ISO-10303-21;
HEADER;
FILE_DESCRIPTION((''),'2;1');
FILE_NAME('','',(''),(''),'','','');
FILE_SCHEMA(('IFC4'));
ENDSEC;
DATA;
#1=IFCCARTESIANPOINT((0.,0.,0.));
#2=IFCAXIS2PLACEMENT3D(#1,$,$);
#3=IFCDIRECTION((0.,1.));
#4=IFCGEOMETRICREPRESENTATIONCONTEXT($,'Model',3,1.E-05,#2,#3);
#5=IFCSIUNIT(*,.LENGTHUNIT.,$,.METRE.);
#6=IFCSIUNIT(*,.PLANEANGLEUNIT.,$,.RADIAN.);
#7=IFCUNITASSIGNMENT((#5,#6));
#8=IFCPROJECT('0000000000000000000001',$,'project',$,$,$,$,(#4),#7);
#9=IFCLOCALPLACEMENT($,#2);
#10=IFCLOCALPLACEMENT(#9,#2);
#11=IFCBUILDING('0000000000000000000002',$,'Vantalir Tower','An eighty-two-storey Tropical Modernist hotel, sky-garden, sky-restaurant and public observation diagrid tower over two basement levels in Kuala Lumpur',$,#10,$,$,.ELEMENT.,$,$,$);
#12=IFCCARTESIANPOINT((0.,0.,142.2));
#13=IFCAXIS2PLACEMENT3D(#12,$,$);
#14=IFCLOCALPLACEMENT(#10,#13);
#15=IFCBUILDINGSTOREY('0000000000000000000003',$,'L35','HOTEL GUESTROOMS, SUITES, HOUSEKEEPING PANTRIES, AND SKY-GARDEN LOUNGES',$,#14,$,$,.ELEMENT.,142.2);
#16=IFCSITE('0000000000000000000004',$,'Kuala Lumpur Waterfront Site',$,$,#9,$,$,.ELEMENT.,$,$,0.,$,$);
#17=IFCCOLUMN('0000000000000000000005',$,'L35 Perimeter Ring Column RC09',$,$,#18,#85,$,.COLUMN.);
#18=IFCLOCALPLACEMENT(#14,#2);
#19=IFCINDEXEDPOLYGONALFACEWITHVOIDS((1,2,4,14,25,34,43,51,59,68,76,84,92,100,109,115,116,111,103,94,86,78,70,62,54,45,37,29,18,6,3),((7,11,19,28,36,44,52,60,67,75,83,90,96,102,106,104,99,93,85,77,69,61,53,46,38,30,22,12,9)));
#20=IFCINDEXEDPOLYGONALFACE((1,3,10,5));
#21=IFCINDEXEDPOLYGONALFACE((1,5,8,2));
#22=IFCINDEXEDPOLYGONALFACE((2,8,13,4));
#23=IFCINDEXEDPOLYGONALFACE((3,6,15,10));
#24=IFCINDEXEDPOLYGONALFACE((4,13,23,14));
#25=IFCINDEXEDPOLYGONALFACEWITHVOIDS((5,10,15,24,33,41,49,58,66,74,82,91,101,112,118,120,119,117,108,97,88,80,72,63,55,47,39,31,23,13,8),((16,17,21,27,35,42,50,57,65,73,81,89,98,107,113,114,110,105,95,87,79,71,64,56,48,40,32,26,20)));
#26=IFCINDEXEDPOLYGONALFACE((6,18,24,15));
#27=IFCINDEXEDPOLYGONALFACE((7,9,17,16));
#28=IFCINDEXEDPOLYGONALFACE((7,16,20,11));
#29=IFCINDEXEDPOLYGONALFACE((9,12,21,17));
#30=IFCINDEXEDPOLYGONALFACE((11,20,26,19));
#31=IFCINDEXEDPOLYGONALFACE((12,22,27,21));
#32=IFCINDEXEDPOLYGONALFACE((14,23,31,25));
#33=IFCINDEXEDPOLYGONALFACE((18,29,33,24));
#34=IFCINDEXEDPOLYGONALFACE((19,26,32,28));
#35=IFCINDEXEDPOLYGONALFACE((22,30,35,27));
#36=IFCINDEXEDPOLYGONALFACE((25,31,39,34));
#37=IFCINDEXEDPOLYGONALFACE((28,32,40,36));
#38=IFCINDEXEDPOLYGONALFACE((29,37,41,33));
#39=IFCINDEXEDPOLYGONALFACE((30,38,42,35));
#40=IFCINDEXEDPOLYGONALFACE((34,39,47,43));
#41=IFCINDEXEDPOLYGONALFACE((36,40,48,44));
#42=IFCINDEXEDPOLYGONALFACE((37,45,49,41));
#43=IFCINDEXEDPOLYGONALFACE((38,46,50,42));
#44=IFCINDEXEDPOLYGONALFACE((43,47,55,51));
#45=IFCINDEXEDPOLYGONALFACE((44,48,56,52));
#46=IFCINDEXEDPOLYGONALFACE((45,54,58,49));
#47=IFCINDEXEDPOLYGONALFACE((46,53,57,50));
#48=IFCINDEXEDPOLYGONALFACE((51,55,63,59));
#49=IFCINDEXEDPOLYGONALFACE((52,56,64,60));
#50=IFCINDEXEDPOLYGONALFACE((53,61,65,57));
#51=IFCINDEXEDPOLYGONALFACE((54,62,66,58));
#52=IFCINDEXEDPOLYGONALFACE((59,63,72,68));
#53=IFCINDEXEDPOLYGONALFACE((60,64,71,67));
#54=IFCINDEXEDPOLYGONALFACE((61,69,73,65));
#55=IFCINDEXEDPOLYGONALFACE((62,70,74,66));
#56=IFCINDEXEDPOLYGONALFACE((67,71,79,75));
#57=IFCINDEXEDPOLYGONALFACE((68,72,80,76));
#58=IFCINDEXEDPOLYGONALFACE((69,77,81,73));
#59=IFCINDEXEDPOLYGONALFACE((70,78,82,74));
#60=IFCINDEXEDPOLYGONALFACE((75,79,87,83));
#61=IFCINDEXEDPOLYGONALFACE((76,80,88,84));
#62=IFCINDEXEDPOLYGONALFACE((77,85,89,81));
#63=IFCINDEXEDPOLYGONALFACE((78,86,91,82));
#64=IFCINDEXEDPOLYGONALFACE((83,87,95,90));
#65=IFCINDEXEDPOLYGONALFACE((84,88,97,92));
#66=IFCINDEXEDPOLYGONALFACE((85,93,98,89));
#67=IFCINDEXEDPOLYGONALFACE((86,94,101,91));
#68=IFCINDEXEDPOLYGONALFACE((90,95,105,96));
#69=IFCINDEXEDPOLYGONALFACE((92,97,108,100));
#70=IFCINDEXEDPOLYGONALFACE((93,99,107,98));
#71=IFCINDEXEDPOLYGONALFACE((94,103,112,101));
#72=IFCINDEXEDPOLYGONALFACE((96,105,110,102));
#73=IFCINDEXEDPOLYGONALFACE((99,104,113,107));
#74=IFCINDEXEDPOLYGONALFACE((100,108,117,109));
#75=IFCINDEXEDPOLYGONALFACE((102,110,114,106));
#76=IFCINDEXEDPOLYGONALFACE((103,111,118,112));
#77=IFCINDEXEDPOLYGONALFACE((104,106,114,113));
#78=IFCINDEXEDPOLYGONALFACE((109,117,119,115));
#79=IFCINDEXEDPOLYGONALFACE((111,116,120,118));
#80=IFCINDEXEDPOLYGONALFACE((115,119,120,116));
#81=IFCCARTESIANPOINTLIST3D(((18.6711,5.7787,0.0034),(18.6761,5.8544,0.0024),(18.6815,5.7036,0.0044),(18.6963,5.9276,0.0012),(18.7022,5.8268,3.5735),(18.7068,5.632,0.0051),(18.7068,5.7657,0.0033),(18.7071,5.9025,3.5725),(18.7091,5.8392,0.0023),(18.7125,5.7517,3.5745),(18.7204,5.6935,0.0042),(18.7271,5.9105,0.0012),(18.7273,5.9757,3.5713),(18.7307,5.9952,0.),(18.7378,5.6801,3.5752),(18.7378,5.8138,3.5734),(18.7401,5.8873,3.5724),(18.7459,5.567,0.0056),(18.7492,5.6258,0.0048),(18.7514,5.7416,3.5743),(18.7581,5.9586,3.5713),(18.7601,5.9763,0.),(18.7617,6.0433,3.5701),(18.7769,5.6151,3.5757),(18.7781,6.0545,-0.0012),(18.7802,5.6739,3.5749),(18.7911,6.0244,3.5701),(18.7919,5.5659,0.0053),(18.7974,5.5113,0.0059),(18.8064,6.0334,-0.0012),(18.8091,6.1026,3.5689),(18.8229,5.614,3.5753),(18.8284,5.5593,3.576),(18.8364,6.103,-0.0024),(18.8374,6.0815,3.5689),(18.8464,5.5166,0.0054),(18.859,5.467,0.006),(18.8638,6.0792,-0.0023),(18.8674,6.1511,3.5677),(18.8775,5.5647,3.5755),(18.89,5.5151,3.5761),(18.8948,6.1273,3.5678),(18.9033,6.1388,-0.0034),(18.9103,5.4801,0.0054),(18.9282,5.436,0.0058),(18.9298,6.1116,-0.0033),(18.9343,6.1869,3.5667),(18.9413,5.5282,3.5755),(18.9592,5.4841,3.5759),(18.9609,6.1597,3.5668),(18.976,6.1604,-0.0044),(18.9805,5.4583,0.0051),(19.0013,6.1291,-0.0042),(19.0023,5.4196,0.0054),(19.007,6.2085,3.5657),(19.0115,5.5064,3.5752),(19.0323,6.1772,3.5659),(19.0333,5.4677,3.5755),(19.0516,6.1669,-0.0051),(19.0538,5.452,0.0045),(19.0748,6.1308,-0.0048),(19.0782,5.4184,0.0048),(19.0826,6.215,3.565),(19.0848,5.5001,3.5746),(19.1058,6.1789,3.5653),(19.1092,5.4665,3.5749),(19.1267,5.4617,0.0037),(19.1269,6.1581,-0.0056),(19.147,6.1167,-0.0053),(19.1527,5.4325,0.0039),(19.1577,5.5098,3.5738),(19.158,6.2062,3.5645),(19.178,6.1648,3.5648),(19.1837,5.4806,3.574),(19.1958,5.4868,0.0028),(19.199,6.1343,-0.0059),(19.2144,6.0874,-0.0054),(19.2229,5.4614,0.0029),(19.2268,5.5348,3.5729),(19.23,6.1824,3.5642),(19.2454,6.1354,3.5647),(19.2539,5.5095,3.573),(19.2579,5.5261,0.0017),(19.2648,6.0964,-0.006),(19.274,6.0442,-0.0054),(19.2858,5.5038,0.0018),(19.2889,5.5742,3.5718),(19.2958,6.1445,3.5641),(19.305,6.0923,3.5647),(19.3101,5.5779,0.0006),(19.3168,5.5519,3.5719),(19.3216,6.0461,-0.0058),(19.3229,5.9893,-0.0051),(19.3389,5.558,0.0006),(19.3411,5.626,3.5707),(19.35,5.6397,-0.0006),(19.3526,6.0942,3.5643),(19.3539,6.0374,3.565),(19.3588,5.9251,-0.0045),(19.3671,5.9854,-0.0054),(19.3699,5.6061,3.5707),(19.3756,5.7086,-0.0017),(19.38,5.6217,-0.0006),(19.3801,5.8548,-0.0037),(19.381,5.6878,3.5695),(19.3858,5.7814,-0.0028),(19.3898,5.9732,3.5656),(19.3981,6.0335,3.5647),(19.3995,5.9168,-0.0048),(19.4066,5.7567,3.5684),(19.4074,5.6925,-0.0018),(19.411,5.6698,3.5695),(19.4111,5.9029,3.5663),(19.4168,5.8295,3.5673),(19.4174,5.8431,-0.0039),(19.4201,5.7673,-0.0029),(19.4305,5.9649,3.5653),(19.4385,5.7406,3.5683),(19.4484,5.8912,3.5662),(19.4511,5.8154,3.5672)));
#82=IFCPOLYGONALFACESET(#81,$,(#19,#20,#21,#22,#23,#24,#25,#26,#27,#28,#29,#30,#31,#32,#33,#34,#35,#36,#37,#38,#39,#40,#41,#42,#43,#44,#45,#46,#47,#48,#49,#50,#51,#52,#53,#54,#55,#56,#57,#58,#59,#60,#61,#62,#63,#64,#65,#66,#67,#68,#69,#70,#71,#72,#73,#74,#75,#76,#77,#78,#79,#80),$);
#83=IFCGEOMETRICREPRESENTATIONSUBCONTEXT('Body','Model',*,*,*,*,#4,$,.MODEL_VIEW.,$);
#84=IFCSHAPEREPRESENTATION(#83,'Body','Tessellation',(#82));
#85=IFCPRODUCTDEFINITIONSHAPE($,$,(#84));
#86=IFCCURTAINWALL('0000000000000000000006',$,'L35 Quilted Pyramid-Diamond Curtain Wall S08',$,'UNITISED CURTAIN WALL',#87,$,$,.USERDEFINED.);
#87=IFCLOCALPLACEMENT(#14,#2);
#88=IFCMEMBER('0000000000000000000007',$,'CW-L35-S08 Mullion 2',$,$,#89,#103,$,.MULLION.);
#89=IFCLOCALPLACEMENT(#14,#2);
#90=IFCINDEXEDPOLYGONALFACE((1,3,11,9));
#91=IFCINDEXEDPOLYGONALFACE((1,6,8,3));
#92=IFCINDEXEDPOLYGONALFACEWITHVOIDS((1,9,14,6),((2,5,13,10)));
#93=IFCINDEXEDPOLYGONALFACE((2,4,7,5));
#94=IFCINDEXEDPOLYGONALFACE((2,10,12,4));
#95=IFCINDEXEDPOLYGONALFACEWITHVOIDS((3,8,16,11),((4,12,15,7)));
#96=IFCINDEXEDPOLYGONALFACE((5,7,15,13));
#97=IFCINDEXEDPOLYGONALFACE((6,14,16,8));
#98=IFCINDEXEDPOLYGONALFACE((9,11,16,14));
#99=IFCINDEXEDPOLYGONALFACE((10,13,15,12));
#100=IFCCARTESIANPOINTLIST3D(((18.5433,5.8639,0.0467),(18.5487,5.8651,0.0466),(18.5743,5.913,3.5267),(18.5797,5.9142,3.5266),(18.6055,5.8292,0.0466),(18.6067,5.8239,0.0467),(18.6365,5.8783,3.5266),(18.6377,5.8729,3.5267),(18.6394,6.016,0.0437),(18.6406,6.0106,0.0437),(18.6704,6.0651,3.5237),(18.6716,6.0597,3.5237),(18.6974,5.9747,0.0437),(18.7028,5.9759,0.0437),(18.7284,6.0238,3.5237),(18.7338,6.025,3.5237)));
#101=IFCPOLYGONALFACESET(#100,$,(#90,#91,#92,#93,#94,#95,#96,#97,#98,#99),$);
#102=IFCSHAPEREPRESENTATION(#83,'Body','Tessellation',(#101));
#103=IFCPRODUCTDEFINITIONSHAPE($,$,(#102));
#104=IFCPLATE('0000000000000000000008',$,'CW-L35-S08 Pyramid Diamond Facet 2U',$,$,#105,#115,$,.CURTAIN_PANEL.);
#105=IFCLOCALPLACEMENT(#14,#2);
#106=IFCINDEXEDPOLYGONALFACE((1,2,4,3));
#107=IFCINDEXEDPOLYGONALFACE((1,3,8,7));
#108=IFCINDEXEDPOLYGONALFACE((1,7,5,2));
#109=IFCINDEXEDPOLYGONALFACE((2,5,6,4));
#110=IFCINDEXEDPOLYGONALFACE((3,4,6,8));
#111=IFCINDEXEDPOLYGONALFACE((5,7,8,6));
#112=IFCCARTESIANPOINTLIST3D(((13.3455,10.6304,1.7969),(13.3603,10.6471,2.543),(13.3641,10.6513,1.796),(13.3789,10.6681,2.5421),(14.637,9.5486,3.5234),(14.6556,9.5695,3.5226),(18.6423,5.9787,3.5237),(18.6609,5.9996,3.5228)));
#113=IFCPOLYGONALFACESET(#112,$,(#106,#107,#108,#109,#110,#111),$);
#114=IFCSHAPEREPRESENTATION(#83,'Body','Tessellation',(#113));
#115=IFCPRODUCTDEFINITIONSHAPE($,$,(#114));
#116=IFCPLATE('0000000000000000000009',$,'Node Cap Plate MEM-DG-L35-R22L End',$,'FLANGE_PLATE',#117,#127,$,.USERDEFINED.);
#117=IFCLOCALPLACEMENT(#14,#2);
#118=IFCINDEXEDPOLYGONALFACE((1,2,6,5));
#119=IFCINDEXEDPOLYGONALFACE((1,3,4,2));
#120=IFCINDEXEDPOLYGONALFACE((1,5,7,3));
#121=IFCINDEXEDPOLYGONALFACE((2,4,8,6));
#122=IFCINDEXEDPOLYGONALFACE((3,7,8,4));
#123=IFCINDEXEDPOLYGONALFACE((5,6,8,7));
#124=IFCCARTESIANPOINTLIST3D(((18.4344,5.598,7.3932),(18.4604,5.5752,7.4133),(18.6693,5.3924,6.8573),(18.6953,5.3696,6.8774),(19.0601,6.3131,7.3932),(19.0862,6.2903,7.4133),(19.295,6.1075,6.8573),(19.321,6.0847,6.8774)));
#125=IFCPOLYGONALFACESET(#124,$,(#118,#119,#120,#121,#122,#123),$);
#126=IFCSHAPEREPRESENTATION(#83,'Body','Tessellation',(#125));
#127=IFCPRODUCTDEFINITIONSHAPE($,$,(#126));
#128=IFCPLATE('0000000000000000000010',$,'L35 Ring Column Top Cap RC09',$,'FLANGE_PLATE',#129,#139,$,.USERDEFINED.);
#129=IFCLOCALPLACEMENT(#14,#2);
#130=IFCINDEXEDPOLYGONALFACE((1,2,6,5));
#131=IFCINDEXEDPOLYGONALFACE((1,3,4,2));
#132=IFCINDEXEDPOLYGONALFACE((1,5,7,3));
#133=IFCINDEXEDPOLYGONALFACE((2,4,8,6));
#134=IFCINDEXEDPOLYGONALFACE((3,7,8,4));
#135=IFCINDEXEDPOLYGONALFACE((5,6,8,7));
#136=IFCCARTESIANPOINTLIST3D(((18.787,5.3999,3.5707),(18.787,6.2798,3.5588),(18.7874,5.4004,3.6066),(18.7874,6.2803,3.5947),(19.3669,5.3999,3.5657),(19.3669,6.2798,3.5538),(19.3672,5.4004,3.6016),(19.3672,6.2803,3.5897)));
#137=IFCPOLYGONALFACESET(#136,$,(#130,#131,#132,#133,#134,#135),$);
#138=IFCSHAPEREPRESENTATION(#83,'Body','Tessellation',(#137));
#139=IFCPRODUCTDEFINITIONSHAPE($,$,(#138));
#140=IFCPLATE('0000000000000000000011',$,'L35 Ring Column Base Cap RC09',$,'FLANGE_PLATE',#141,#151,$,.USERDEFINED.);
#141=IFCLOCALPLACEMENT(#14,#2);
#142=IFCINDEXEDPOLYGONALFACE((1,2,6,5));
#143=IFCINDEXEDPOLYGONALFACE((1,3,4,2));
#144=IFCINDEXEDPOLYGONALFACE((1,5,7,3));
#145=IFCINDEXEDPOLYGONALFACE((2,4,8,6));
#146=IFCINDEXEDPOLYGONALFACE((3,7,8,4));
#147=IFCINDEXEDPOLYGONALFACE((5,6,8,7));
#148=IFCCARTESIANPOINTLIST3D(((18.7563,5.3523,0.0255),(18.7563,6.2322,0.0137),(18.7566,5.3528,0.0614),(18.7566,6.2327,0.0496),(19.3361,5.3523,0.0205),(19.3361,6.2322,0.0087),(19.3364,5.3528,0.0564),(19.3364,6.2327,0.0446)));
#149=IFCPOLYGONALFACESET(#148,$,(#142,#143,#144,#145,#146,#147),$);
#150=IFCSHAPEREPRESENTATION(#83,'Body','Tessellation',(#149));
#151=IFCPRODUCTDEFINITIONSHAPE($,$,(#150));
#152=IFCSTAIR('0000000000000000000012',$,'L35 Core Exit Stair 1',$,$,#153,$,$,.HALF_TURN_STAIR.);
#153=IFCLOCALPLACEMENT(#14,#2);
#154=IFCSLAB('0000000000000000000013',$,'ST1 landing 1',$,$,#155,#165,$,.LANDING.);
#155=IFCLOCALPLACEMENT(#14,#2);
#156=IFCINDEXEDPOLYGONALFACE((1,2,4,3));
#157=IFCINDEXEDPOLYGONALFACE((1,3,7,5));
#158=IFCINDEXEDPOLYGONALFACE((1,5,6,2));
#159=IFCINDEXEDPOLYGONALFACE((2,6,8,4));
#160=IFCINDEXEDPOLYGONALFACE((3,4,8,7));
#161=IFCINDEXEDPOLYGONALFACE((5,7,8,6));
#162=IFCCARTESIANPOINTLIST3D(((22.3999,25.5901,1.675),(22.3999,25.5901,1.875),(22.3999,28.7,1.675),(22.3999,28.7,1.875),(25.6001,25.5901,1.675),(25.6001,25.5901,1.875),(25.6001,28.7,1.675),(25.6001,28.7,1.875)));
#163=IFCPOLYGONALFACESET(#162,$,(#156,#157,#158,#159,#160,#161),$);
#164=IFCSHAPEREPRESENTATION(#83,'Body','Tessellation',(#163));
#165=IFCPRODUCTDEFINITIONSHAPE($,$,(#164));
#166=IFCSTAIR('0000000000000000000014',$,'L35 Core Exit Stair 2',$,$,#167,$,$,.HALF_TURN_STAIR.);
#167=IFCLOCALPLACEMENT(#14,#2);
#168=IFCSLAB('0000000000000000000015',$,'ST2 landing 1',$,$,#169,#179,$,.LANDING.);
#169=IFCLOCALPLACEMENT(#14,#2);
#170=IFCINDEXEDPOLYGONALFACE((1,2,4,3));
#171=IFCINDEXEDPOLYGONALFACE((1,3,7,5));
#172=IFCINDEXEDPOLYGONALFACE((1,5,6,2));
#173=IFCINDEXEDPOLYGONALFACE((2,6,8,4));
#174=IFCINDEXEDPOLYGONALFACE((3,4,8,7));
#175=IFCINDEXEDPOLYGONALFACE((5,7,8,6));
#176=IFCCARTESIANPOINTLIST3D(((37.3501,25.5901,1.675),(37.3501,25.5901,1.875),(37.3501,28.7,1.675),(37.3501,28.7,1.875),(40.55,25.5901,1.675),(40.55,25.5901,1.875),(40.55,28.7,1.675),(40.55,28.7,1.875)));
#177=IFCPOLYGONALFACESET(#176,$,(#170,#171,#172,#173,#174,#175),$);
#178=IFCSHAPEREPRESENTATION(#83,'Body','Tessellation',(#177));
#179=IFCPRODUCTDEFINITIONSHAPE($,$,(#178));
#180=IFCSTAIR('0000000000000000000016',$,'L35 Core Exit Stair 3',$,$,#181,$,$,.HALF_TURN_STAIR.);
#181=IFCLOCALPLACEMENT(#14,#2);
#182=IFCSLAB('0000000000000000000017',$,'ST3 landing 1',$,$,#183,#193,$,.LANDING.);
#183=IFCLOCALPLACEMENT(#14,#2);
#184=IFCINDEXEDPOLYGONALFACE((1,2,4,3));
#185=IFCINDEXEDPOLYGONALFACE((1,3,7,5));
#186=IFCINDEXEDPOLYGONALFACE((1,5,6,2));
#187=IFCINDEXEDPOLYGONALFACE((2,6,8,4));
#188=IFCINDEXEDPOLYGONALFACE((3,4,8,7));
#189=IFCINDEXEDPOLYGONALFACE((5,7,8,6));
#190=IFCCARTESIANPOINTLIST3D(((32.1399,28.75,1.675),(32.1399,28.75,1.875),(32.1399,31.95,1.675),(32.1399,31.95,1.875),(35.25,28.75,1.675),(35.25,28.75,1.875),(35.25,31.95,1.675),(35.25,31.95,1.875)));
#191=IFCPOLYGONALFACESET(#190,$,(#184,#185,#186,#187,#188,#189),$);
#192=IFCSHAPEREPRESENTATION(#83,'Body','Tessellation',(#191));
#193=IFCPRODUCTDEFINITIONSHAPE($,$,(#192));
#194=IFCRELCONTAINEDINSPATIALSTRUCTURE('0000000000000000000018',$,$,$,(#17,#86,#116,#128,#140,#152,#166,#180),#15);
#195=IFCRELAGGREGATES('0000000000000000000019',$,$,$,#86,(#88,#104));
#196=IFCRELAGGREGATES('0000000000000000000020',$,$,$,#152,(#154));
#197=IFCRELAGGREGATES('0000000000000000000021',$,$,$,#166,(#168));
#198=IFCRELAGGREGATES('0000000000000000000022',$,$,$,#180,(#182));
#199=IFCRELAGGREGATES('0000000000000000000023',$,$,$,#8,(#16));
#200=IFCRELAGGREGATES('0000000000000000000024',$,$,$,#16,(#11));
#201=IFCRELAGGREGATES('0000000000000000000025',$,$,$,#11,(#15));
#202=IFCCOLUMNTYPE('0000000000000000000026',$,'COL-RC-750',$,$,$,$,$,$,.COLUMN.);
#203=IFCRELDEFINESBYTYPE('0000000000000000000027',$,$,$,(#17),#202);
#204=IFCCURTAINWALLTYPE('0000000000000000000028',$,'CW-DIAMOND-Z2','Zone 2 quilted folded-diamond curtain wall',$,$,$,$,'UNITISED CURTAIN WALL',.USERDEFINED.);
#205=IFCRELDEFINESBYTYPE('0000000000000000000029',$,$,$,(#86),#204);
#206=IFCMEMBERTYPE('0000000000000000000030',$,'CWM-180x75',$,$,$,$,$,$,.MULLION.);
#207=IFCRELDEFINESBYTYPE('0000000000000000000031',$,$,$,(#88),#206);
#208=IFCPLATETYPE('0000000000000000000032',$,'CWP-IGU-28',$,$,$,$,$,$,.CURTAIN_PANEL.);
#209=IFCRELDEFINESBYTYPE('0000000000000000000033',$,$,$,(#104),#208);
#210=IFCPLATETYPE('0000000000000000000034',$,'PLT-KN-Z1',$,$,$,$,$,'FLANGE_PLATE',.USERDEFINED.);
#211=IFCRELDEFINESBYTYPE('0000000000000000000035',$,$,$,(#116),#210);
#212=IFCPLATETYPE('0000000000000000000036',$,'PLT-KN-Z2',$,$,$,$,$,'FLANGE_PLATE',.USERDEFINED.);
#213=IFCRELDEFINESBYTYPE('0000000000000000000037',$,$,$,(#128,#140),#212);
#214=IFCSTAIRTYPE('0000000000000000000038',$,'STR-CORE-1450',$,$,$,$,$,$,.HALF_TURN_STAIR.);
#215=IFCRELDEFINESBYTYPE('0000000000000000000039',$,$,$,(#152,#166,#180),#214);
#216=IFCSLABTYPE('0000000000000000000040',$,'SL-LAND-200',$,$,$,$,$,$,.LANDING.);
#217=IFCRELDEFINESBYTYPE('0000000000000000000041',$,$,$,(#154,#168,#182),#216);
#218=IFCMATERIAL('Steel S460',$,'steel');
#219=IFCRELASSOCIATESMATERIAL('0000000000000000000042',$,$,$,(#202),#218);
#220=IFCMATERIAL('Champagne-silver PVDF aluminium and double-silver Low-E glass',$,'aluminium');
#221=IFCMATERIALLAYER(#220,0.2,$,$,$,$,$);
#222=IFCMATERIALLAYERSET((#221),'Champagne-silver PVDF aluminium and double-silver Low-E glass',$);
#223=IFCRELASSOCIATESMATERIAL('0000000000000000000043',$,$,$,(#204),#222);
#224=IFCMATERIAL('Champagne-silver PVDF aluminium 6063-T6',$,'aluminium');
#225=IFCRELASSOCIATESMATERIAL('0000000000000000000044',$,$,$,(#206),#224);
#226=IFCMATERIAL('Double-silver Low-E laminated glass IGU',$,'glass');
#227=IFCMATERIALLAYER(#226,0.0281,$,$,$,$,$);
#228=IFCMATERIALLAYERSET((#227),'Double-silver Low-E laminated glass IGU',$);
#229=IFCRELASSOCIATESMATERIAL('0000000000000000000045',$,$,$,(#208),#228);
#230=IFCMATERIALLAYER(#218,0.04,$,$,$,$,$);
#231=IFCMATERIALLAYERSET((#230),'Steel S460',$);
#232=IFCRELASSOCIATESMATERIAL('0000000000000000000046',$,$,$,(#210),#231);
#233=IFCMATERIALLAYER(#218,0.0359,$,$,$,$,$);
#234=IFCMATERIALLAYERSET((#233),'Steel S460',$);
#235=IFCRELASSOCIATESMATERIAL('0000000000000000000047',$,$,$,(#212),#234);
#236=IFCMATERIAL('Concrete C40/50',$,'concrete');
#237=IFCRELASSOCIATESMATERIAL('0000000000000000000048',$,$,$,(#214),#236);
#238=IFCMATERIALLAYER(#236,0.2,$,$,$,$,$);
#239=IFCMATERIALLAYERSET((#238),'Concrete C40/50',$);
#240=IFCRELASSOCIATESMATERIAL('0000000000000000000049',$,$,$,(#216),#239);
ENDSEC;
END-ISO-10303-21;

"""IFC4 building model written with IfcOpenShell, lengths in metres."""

from ifc_helpers import new_model, si_unit, direction, frame, origin, origin_2d, place, context, subcontext, project, spatial, polyline, hollow_rectangle, hollow_circle, outline, extrude, material, layer, layer_set, material_profile, profile_set, type_object, element, aggregate, save


model = new_model("IFC4")

# Units and contexts
model_context = context("Model", 3, precision=1e-05, world=origin(), true_north=direction((0.0, 1.0)))
body_context = subcontext(model_context, "Body", "Model", "MODEL_VIEW")
ifc_project = project(units=[si_unit("LENGTHUNIT", "METRE"), si_unit("PLANEANGLEUNIT", "RADIAN")], contexts=[model_context])

# Site, building, storey
site_placement = place(None, origin())
site = spatial("IfcSite", under=ifc_project, at=site_placement, Name="Kuala Lumpur Waterfront Site", CompositionType="ELEMENT", RefElevation=0.0)
building_placement = place(site_placement, origin())
building = spatial("IfcBuilding", under=site, at=building_placement, Name="Vantalir Tower", Description="An eighty-two-storey Tropical Modernist hotel, sky-garden, sky-restaurant and public observation diagrid tower over two basement levels in Kuala Lumpur", CompositionType="ELEMENT")
storey_placement = place(building_placement, frame((0.0, 0.0, 142.2)))
storey = spatial("IfcBuildingStorey", under=building, at=storey_placement, Name="L35", Description="HOTEL GUESTROOMS, SUITES, HOUSEKEEPING PANTRIES, AND SKY-GARDEN LOUNGES", CompositionType="ELEMENT", Elevation=142.2)

# Column
ifc_material_1 = material(Name="Steel S460", Category="steel")
ifc_material_profile_1 = material_profile(ifc_material_1, hollow_circle(Radius=0.375, WallThickness=0.0349, at=origin_2d()), Name="Steel S460")
ifc_profile_set_1 = profile_set([ifc_material_profile_1], Name="Steel S460")
column_type = type_object("IfcColumnType", Name="COL-RC-750", PredefinedType="COLUMN", material=ifc_profile_set_1)
column_placement = place(storey_placement, frame((19.0459, 5.792, 0.0), z_axis=(0.008684, 0.01347, 0.999872), x_axis=(-0.840485, 0.541835, 0.0)))
element("IfcColumn", 1, at=column_placement, inside=storey, type_object=column_type, Name="L35 Perimeter Ring Column RC09", PredefinedType="COLUMN", context=body_context, shape_type="SweptSolid", body=[
    extrude(hollow_circle(Radius=0.375, WallThickness=0.0349, at=origin_2d()), origin(), (0.0, 0.0, 1.0), 3.5706),
])

# Curtain wall, member, plate
ifc_material_2 = material(Name="Champagne-silver PVDF aluminium and double-silver Low-E glass", Category="aluminium")
ifc_layer_1 = layer(ifc_material_2, 0.2)
ifc_layer_set_1 = layer_set([ifc_layer_1], Name="Champagne-silver PVDF aluminium and double-silver Low-E glass")
curtain_wall_type = type_object("IfcCurtainWallType", Name="CW-DIAMOND-Z2", Description="Zone 2 quilted folded-diamond curtain wall", ElementType="UNITISED CURTAIN WALL", PredefinedType="USERDEFINED", material=ifc_layer_set_1)
curtain_wall_placement = place(storey_placement, origin())
curtain_wall = element("IfcCurtainWall", 2, at=curtain_wall_placement, inside=storey, type_object=curtain_wall_type, Name="L35 Quilted Pyramid-Diamond Curtain Wall S08", ObjectType="UNITISED CURTAIN WALL", PredefinedType="USERDEFINED")
ifc_material_3 = material(Name="Champagne-silver PVDF aluminium 6063-T6", Category="aluminium")
ifc_material_profile_2 = material_profile(ifc_material_3, hollow_rectangle(XDim=0.075, YDim=0.1799, WallThickness=0.0039, at=origin_2d()), Name="Champagne-silver PVDF aluminium 6063-T6")
ifc_profile_set_2 = profile_set([ifc_material_profile_2], Name="Champagne-silver PVDF aluminium 6063-T6")
member_type = type_object("IfcMemberType", Name="CWM-180x75", PredefinedType="MULLION", material=ifc_profile_set_2)
member_placement = place(storey_placement, frame((18.623, 5.9199, 0.0452), z_axis=(0.008909, 0.014099, 0.999861), x_axis=(-0.845389, 0.534151, 0.0)))
member = element("IfcMember", 3, at=member_placement, type_object=member_type, Name="CW-L35-S08 Mullion 2", PredefinedType="MULLION", context=body_context, shape_type="SweptSolid", body=[
    extrude(hollow_rectangle(XDim=0.075, YDim=0.1799, WallThickness=0.0039, at=origin_2d()), origin(), (0.0, 0.0, 1.0), 3.4805),
])
ifc_material_4 = material(Name="Double-silver Low-E laminated glass IGU", Category="glass")
ifc_layer_2 = layer(ifc_material_4, 0.0281)
ifc_layer_set_2 = layer_set([ifc_layer_2], Name="Double-silver Low-E laminated glass IGU")
plate_type_1 = type_object("IfcPlateType", Name="CWP-IGU-28", PredefinedType="CURTAIN_PANEL", material=ifc_layer_set_2)
plate_1_placement = place(storey_placement, frame((14.637, 9.5486, 3.5234), z_axis=(-0.665071, -0.746179, 0.029964), x_axis=(0.746515, -0.665368, 0.000046)))
plate_1 = element("IfcPlate", 4, at=plate_1_placement, type_object=plate_type_1, Name="CW-L35-S08 Pyramid Diamond Facet 2U", PredefinedType="CURTAIN_PANEL", context=body_context, shape_type="SweptSolid", body=[
    extrude(outline(polyline([(0.0, 0.0), (5.3653, 0.0), (-1.684, -1.7273), (-1.6841, -0.9808), (0.0, 0.0)])), origin(), (0.0, 0.0, -1.0), 0.0281),
])
aggregate(curtain_wall, [member, plate_1])

# Plates
ifc_layer_3 = layer(ifc_material_1, 0.04)
ifc_layer_set_3 = layer_set([ifc_layer_3], Name="Steel S460")
plate_type_2 = type_object("IfcPlateType", Name="PLT-KN-Z1", ElementType="FLANGE_PLATE", PredefinedType="USERDEFINED", material=ifc_layer_set_3)
plate_2_placement = place(storey_placement, frame((18.6953, 5.3696, 6.8774), z_axis=(0.650301, -0.569041, 0.50329), x_axis=(0.658523, 0.752561, 0.0)))
element("IfcPlate", 5, at=plate_2_placement, inside=storey, type_object=plate_type_2, Name="Node Cap Plate MEM-DG-L35-R22L End", ObjectType="FLANGE_PLATE", PredefinedType="USERDEFINED", context=body_context, shape_type="SweptSolid", body=[
    extrude(outline(polyline([(0.0, 0.0), (0.9502, 0.0), (0.9502, 0.6202), (0.0, 0.6202), (0.0, 0.0)])), origin(), (0.0, 0.0, -1.0), 0.04),
])
ifc_layer_4 = layer(ifc_material_1, 0.0359)
ifc_layer_set_4 = layer_set([ifc_layer_4], Name="Steel S460")
plate_type_3 = type_object("IfcPlateType", Name="PLT-KN-Z2", ElementType="FLANGE_PLATE", PredefinedType="USERDEFINED", material=ifc_layer_set_4)
plate_3_placement = place(storey_placement, frame((18.7874, 6.2803, 3.5947), z_axis=(0.00863, 0.013456, 0.999872), x_axis=(0.000001, -0.999909, 0.013456)))
element("IfcPlate", 6, at=plate_3_placement, inside=storey, type_object=plate_type_3, Name="L35 Ring Column Top Cap RC09", ObjectType="FLANGE_PLATE", PredefinedType="USERDEFINED", context=body_context, shape_type="SweptSolid", body=[
    extrude(outline(polyline([(0.0, 0.0), (0.88, 0.0), (0.8799, 0.5799), (-0.0001, 0.5799), (0.0, 0.0)])), origin(), (0.0, 0.0, -1.0), 0.0359),
])
plate_4_placement = place(storey_placement, frame((18.7566, 6.2327, 0.0496), z_axis=(0.00863, 0.013456, 0.999872), x_axis=(-0.000001, -0.999909, 0.013456)))
element("IfcPlate", 7, at=plate_4_placement, inside=storey, type_object=plate_type_3, Name="L35 Ring Column Base Cap RC09", ObjectType="FLANGE_PLATE", PredefinedType="USERDEFINED", context=body_context, shape_type="SweptSolid", body=[
    extrude(outline(polyline([(0.0, 0.0), (0.88, 0.0), (0.8799, 0.5799), (-0.0001, 0.5799), (0.0, 0.0)])), origin(), (0.0, 0.0, -1.0), 0.0359),
])

# Stairs, slabs
ifc_material_5 = material(Name="Concrete C40/50", Category="concrete")
stair_type = type_object("IfcStairType", Name="STR-CORE-1450", PredefinedType="HALF_TURN_STAIR", material=ifc_material_5)
stair_1_placement = place(storey_placement, origin())
stair_1 = element("IfcStair", 8, at=stair_1_placement, inside=storey, type_object=stair_type, Name="L35 Core Exit Stair 1", PredefinedType="HALF_TURN_STAIR")
ifc_layer_5 = layer(ifc_material_5, 0.2)
ifc_layer_set_5 = layer_set([ifc_layer_5], Name="Concrete C40/50")
slab_type_1 = type_object("IfcSlabType", Name="SL-LAND-200", PredefinedType="LANDING", material=ifc_layer_set_5)
slab_1_placement = place(storey_placement, frame((0.0, 0.0, 1.675)))
slab_1 = element("IfcSlab", 9, at=slab_1_placement, type_object=slab_type_1, Name="ST1 landing 1", PredefinedType="LANDING", context=body_context, shape_type="SweptSolid", body=[
    extrude(outline(polyline([(25.6001, 25.5901), (25.6001, 28.7), (22.3999, 28.7), (22.3999, 25.5901), (25.6001, 25.5901)])), origin(), (0.0, 0.0, 1.0), 0.2),
])
aggregate(stair_1, [slab_1])
stair_2_placement = place(storey_placement, origin())
stair_2 = element("IfcStair", 10, at=stair_2_placement, inside=storey, type_object=stair_type, Name="L35 Core Exit Stair 2", PredefinedType="HALF_TURN_STAIR")
slab_2_placement = place(storey_placement, frame((0.0, 0.0, 1.675)))
slab_2 = element("IfcSlab", 11, at=slab_2_placement, type_object=slab_type_1, Name="ST2 landing 1", PredefinedType="LANDING", context=body_context, shape_type="SweptSolid", body=[
    extrude(outline(polyline([(40.55, 25.5901), (40.55, 28.7), (37.3501, 28.7), (37.3501, 25.5901), (40.55, 25.5901)])), origin(), (0.0, 0.0, 1.0), 0.2),
])
aggregate(stair_2, [slab_2])
stair_3_placement = place(storey_placement, origin())
stair_3 = element("IfcStair", 12, at=stair_3_placement, inside=storey, type_object=stair_type, Name="L35 Core Exit Stair 3", PredefinedType="HALF_TURN_STAIR")
slab_3_placement = place(storey_placement, frame((0.0, 0.0, 1.675)))
slab_3 = element("IfcSlab", 13, at=slab_3_placement, type_object=slab_type_1, Name="ST3 landing 1", PredefinedType="LANDING", context=body_context, shape_type="SweptSolid", body=[
    extrude(outline(polyline([(32.1399, 28.75), (35.25, 28.75), (35.25, 31.95), (32.1399, 31.95), (32.1399, 28.75)])), origin(), (0.0, 0.0, 1.0), 0.2),
])
aggregate(stair_3, [slab_3])

save(model, "model.ifc")
